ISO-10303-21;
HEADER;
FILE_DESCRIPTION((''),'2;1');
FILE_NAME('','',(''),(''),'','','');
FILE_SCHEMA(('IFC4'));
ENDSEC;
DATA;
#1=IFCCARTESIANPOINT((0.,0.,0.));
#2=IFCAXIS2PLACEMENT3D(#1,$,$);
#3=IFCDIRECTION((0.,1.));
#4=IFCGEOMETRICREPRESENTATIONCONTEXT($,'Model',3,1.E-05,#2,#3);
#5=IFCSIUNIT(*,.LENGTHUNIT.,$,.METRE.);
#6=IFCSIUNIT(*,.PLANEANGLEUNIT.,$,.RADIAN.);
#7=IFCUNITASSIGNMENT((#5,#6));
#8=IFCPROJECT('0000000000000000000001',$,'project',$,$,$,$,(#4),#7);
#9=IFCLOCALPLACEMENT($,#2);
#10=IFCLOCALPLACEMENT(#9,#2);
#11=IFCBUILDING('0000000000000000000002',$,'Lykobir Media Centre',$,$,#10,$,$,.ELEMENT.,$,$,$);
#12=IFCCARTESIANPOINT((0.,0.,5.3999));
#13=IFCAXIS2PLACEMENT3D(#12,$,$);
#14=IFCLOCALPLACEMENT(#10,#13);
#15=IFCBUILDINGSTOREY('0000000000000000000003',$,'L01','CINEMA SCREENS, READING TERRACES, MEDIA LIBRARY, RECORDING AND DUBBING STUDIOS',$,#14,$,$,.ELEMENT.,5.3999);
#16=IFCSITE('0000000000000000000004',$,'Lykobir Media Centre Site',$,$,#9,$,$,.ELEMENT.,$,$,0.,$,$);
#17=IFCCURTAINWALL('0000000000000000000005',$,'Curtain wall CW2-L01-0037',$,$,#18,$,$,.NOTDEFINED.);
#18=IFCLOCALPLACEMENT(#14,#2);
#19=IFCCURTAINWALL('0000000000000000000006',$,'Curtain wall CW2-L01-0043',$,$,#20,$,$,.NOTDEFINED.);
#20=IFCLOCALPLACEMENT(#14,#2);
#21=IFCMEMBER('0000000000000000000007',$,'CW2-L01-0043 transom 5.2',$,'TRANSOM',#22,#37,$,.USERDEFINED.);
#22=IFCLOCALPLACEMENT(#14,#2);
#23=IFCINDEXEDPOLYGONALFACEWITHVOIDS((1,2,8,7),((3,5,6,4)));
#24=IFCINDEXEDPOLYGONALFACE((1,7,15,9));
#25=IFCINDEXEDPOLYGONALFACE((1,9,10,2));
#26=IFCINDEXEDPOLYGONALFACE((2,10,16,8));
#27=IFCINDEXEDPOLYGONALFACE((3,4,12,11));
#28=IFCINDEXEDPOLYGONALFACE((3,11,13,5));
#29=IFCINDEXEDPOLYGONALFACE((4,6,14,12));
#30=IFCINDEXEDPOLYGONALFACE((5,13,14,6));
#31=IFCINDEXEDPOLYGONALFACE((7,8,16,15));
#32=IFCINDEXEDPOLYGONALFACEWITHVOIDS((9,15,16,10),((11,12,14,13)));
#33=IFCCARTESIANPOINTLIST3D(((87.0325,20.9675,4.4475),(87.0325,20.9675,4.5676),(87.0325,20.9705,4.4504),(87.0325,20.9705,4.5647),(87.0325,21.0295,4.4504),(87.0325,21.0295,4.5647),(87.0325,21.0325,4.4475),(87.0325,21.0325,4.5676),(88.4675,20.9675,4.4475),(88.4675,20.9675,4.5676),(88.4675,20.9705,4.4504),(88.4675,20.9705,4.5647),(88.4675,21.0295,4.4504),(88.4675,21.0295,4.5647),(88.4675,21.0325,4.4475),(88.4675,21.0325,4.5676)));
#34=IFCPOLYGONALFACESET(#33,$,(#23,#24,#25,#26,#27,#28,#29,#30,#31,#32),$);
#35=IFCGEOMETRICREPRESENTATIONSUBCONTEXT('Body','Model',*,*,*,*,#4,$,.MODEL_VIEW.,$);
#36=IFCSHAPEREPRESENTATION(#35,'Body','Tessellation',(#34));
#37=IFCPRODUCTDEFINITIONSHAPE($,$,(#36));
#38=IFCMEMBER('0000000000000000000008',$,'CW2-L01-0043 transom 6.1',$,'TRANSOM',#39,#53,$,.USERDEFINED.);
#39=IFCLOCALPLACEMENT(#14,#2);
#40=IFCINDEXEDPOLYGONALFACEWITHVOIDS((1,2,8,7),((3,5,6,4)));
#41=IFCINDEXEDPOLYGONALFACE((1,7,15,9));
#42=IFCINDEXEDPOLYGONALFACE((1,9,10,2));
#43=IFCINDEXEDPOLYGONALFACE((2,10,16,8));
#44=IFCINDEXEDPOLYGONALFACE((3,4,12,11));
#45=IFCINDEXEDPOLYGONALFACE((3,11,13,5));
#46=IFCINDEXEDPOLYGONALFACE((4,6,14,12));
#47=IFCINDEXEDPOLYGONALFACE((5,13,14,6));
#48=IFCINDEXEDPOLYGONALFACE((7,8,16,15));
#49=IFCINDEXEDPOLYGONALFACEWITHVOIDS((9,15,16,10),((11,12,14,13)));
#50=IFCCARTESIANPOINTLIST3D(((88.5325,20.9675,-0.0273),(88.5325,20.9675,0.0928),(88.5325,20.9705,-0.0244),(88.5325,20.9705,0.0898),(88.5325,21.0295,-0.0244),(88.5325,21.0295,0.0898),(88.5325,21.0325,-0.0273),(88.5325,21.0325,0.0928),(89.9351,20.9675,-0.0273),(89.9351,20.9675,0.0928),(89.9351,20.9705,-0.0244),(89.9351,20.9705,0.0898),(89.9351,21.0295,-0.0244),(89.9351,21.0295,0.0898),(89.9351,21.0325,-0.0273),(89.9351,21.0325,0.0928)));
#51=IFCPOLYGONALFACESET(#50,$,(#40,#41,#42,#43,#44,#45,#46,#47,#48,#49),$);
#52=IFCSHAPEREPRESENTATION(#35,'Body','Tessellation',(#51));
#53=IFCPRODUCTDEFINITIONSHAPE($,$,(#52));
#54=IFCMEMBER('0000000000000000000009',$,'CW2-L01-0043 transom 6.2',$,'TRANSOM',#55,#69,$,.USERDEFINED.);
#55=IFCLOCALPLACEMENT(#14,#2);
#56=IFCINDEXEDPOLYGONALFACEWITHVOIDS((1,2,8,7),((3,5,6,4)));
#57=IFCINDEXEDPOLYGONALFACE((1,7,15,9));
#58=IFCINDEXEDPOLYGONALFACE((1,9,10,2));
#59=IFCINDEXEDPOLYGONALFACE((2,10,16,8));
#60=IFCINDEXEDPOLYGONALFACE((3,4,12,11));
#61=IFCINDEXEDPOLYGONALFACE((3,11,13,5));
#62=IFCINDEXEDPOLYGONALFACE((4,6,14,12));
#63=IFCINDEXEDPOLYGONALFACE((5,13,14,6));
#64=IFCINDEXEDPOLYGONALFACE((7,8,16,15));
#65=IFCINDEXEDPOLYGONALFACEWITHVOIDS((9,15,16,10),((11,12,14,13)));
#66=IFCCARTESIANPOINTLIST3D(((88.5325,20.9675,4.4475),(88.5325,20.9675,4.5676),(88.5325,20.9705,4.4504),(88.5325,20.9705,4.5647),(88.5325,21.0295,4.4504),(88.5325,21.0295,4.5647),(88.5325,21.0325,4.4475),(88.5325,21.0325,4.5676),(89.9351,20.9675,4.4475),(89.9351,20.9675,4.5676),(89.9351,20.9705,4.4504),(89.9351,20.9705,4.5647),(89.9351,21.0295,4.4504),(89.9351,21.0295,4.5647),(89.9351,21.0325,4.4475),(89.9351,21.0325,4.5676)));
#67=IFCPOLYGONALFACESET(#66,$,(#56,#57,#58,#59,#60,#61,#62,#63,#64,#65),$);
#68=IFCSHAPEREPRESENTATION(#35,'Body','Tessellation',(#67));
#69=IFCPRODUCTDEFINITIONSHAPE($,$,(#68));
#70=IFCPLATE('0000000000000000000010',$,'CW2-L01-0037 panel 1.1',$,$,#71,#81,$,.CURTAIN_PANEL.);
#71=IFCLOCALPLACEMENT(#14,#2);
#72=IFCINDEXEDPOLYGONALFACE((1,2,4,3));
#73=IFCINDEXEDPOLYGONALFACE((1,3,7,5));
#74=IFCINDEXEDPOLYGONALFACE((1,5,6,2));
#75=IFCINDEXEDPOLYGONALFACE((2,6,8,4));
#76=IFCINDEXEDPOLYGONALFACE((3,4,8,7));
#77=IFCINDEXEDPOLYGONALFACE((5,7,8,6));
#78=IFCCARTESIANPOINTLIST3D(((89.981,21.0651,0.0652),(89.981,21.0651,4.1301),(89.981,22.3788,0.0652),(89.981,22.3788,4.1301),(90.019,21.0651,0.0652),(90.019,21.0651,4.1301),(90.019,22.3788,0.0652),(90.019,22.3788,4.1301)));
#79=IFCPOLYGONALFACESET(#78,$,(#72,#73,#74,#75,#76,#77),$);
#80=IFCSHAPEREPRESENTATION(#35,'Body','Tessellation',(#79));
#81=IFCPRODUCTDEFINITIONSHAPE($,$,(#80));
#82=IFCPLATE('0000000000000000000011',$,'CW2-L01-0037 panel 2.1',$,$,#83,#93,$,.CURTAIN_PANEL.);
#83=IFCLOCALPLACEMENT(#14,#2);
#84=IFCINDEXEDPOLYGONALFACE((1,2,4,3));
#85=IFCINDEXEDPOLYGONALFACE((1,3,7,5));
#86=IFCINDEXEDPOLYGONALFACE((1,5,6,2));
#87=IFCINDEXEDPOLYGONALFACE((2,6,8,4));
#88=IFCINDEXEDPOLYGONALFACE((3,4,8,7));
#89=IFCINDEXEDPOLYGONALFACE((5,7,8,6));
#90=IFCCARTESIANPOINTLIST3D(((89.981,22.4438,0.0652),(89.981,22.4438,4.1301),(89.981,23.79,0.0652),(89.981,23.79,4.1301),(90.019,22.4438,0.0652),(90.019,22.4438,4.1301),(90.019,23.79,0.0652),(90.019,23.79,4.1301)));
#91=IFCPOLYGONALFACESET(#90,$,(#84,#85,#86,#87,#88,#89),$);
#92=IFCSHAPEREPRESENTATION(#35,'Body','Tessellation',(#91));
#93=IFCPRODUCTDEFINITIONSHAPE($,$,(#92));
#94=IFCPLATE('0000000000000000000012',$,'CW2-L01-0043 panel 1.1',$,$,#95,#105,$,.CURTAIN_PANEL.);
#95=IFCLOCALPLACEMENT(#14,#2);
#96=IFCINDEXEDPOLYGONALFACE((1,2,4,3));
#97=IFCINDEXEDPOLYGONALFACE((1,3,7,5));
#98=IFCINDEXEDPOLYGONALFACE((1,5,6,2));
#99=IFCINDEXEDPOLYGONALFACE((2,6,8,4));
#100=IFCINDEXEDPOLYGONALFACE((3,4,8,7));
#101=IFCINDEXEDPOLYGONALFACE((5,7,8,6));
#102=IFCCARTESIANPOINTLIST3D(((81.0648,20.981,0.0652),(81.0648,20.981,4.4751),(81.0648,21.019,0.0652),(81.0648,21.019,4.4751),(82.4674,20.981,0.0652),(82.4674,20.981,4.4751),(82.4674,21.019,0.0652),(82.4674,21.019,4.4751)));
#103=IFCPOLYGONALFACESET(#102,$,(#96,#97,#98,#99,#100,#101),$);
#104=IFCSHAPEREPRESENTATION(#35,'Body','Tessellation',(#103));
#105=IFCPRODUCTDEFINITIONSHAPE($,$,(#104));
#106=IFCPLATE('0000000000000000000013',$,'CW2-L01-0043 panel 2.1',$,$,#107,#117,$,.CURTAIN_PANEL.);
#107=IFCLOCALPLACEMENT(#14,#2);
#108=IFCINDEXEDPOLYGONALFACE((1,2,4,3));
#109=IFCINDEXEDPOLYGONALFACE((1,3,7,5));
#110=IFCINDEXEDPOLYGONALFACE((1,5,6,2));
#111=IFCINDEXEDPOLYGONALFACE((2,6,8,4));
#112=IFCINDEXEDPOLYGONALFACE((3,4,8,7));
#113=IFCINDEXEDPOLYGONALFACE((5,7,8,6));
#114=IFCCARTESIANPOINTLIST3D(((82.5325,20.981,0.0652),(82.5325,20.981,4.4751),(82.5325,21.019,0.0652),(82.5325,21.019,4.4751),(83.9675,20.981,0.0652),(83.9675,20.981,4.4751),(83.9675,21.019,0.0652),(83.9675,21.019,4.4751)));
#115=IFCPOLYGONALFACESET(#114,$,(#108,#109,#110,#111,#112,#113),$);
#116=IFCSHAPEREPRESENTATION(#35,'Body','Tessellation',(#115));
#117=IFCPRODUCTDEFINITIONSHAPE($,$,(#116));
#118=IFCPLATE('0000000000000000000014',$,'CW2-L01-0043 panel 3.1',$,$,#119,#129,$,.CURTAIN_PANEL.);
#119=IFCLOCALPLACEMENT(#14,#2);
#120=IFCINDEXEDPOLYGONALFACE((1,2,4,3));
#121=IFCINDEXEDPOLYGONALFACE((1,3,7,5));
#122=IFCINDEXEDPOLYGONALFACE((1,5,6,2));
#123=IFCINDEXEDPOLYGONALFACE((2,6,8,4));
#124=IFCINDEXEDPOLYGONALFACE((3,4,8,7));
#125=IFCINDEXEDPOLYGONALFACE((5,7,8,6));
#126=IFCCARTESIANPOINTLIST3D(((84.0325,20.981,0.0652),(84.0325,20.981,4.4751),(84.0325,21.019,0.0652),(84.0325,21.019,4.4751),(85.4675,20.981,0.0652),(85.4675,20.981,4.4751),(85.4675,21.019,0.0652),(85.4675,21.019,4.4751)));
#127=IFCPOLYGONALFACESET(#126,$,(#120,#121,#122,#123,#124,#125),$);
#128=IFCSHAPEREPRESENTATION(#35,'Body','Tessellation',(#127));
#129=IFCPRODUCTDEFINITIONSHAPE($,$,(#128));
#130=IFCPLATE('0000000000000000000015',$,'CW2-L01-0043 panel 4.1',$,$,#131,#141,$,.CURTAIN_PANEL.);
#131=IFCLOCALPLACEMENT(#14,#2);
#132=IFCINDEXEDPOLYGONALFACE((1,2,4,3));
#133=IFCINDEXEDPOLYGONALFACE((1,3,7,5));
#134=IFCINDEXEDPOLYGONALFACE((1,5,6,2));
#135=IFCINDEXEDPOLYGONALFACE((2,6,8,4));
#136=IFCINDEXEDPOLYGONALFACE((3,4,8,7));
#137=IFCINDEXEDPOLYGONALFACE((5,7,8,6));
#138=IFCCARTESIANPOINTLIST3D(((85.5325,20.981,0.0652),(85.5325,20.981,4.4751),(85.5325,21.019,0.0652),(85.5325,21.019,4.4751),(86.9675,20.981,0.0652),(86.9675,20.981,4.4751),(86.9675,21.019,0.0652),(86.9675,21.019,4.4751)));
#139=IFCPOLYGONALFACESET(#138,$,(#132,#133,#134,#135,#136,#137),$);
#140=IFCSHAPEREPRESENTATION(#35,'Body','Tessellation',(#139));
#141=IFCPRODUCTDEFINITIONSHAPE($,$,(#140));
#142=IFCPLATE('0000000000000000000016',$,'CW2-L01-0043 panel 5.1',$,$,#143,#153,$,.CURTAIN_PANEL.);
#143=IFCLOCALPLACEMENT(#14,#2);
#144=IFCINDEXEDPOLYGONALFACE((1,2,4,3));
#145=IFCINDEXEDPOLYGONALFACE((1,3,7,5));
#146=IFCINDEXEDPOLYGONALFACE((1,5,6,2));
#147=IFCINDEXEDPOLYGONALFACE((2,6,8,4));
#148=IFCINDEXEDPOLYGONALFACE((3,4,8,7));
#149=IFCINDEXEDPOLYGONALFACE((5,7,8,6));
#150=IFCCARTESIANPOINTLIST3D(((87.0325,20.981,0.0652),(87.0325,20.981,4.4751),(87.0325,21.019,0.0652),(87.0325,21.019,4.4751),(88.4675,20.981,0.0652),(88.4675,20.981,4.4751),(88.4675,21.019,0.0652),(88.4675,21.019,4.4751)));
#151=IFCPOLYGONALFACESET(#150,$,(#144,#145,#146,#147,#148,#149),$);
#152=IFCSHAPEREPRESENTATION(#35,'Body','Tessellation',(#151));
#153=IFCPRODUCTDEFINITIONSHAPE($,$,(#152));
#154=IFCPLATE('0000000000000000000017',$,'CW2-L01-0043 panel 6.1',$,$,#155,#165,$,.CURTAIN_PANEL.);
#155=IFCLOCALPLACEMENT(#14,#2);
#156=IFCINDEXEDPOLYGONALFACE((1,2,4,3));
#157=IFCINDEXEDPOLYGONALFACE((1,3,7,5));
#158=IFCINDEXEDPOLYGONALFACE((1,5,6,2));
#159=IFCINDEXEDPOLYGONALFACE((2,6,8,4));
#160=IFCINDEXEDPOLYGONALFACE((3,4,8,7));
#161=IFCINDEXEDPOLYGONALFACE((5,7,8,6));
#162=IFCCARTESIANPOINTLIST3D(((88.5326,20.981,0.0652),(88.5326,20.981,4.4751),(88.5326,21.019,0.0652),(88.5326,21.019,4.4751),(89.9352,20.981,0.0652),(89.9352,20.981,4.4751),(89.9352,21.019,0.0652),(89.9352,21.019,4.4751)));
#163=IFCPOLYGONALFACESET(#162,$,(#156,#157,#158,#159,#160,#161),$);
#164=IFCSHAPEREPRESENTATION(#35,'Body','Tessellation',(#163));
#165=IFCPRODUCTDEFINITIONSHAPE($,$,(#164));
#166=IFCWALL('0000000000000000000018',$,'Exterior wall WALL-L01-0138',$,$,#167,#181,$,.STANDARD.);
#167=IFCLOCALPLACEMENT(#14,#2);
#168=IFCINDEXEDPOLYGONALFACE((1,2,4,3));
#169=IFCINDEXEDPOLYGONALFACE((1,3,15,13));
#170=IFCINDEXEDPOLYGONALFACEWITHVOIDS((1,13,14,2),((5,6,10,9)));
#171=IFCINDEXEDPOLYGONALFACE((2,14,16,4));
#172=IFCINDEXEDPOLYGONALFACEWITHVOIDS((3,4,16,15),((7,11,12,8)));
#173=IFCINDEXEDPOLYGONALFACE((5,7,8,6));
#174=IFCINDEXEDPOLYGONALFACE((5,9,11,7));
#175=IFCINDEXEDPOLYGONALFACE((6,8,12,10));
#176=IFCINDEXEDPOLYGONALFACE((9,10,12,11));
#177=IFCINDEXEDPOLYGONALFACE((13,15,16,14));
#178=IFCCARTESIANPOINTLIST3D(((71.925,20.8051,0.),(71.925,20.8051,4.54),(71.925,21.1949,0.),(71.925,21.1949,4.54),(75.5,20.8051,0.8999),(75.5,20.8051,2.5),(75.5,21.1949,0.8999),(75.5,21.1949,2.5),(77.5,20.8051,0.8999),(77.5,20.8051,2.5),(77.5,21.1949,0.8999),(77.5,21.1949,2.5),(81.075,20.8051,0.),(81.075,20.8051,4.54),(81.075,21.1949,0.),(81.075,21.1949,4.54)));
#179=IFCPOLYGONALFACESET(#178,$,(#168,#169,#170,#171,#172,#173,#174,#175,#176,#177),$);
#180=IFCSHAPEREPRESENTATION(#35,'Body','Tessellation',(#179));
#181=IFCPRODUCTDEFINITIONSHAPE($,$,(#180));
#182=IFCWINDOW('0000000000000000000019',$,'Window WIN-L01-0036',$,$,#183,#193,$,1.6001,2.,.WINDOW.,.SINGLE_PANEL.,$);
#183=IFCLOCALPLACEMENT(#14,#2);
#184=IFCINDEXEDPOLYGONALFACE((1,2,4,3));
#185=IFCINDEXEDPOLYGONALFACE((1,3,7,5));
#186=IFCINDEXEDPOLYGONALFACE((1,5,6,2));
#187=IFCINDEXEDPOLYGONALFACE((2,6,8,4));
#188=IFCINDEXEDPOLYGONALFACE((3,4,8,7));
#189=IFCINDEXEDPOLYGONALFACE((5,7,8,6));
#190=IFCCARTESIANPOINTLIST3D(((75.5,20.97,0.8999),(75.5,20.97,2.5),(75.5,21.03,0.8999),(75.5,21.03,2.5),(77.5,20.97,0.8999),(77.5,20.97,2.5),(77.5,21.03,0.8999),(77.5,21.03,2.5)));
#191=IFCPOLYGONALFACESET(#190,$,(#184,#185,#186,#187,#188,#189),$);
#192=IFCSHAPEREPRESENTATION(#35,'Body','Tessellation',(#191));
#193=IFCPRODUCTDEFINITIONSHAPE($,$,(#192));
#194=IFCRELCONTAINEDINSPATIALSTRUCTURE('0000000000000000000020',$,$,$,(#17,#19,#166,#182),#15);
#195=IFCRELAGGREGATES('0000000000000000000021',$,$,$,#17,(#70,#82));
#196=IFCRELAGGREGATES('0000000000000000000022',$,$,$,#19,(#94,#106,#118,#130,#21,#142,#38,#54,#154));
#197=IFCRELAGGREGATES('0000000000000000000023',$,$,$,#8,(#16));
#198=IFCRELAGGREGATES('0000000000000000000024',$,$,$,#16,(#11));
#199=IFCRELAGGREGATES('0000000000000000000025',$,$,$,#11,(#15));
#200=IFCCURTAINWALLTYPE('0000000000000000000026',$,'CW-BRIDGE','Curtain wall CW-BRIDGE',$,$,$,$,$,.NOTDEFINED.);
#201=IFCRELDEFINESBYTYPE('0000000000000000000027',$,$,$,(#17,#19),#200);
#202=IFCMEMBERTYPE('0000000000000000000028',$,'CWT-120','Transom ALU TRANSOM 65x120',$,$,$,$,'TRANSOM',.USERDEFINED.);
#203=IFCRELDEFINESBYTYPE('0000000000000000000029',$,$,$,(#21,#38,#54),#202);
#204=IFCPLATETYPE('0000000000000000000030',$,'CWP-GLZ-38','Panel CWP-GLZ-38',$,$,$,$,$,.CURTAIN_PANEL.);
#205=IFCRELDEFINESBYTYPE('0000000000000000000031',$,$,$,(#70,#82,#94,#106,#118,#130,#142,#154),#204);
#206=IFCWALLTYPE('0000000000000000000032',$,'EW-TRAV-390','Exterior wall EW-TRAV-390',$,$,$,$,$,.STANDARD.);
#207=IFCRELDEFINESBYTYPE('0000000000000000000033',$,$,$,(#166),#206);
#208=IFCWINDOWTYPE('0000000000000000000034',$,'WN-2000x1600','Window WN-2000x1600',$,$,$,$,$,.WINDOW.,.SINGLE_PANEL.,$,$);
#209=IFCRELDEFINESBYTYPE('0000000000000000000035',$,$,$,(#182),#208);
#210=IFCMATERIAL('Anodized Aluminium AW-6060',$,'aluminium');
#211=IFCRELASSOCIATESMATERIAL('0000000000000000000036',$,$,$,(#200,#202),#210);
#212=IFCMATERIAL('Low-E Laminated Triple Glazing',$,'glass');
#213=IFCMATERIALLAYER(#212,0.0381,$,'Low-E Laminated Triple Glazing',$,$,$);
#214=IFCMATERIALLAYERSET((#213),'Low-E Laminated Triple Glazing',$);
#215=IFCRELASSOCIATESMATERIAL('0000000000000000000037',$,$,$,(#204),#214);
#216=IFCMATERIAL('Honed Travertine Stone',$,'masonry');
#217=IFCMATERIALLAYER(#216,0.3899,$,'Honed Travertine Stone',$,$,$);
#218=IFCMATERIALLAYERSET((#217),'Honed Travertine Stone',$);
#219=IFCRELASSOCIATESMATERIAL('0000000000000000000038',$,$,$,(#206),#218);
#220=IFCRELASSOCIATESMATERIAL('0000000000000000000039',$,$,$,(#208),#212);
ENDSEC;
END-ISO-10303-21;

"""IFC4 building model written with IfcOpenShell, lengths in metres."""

from ifc_helpers import new_model, si_unit, direction, frame, frame_2d, origin, origin_2d, place, context, subcontext, project, spatial, rectangle, hollow_rectangle, extrude, material, layer, layer_set, material_profile, profile_set, type_object, element, fill, aggregate, save


model = new_model("IFC4")

# Units and contexts
model_context = context("Model", 3, precision=1e-05, world=origin(), true_north=direction((0.0, 1.0)))
body_context = subcontext(model_context, "Body", "Model", "MODEL_VIEW")
ifc_project = project(units=[si_unit("LENGTHUNIT", "METRE"), si_unit("PLANEANGLEUNIT", "RADIAN")], contexts=[model_context])

# Site, building, storey
site_placement = place(None, origin())
site = spatial("IfcSite", under=ifc_project, at=site_placement, Name="Lykobir Media Centre Site", CompositionType="ELEMENT", RefElevation=0.0)
building_placement = place(site_placement, origin())
building = spatial("IfcBuilding", under=site, at=building_placement, Name="Lykobir Media Centre", CompositionType="ELEMENT")
storey_placement = place(building_placement, frame((0.0, 0.0, 5.3999)))
storey = spatial("IfcBuildingStorey", under=building, at=storey_placement, Name="L01", Description="CINEMA SCREENS, READING TERRACES, MEDIA LIBRARY, RECORDING AND DUBBING STUDIOS", CompositionType="ELEMENT", Elevation=5.3999)

# Curtain walls
ifc_material_1 = material(Name="Anodized Aluminium AW-6060", Category="aluminium")
curtain_wall_type = type_object("IfcCurtainWallType", Name="CW-BRIDGE", Description="Curtain wall CW-BRIDGE", PredefinedType="NOTDEFINED", material=ifc_material_1)
curtain_wall_1_placement = place(storey_placement, origin())
curtain_wall_1 = element("IfcCurtainWall", 1, at=curtain_wall_1_placement, inside=storey, type_object=curtain_wall_type, Name="Curtain wall CW2-L01-0037", PredefinedType="NOTDEFINED")
curtain_wall_2_placement = place(storey_placement, origin())
curtain_wall_2 = element("IfcCurtainWall", 2, at=curtain_wall_2_placement, inside=storey, type_object=curtain_wall_type, Name="Curtain wall CW2-L01-0043", PredefinedType="NOTDEFINED")

# Members
ifc_material_profile_1 = material_profile(ifc_material_1, hollow_rectangle(XDim=0.0649, YDim=0.1201, WallThickness=0.0029, at=origin_2d()), Name="ALU TRANSOM 65x120")
ifc_profile_set_1 = profile_set([ifc_material_profile_1], Name="Anodized Aluminium AW-6060")
member_type_1 = type_object("IfcMemberType", Name="CWT-120", Description="Transom ALU TRANSOM 65x120", ElementType="TRANSOM", PredefinedType="USERDEFINED", material=ifc_profile_set_1)
member_1_placement = place(storey_placement, frame((87.0325, 21.0, 4.5076), z_axis=(1.0, 0.0, 0.0), x_axis=(0.0, 1.0, 0.0)))
member_1 = element("IfcMember", 3, at=member_1_placement, type_object=member_type_1, Name="CW2-L01-0043 transom 5.2", ObjectType="TRANSOM", PredefinedType="USERDEFINED", context=body_context, shape_type="SweptSolid", body=[
    extrude(hollow_rectangle(XDim=0.0649, YDim=0.1201, WallThickness=0.0029, at=origin_2d()), origin(), (0.0, 0.0, 1.0), 1.4351),
])
member_2_placement = place(storey_placement, frame((88.5325, 21.0, 0.0327), z_axis=(1.0, 0.0, 0.0), x_axis=(0.0, 1.0, 0.0)))
member_2 = element("IfcMember", 4, at=member_2_placement, type_object=member_type_1, Name="CW2-L01-0043 transom 6.1", ObjectType="TRANSOM", PredefinedType="USERDEFINED", context=body_context, shape_type="SweptSolid", body=[
    extrude(hollow_rectangle(XDim=0.0649, YDim=0.1201, WallThickness=0.0029, at=origin_2d()), origin(), (0.0, 0.0, 1.0), 1.4026),
])
member_3_placement = place(storey_placement, frame((88.5325, 21.0, 4.5076), z_axis=(1.0, 0.0, 0.0), x_axis=(0.0, 1.0, 0.0)))
member_3 = element("IfcMember", 5, at=member_3_placement, type_object=member_type_1, Name="CW2-L01-0043 transom 6.2", ObjectType="TRANSOM", PredefinedType="USERDEFINED", context=body_context, shape_type="SweptSolid", body=[
    extrude(hollow_rectangle(XDim=0.0649, YDim=0.1201, WallThickness=0.0029, at=origin_2d()), origin(), (0.0, 0.0, 1.0), 1.4026),
])

# Plates
ifc_material_2 = material(Name="Low-E Laminated Triple Glazing", Category="glass")
ifc_layer_1 = layer(ifc_material_2, 0.0381, Name="Low-E Laminated Triple Glazing")
ifc_layer_set_1 = layer_set([ifc_layer_1], Name="Low-E Laminated Triple Glazing")
plate_type = type_object("IfcPlateType", Name="CWP-GLZ-38", Description="Panel CWP-GLZ-38", PredefinedType="CURTAIN_PANEL", material=ifc_layer_set_1)
plate_1_placement = place(storey_placement, frame((90.0, 21.7219, 0.0652), z_axis=(0.0, 0.0, 1.0), x_axis=(0.0, 1.0, 0.0)))
plate_1 = element("IfcPlate", 6, at=plate_1_placement, type_object=plate_type, Name="CW2-L01-0037 panel 1.1", PredefinedType="CURTAIN_PANEL", context=body_context, shape_type="SweptSolid", body=[
    extrude(rectangle(XDim=1.3137, YDim=0.0381, at=origin_2d()), origin(), (0.0, 0.0, 1.0), 4.0649),
])
plate_2_placement = place(storey_placement, frame((90.0, 23.1169, 0.0652), z_axis=(0.0, 0.0, 1.0), x_axis=(0.0, 1.0, 0.0)))
plate_2 = element("IfcPlate", 7, at=plate_2_placement, type_object=plate_type, Name="CW2-L01-0037 panel 2.1", PredefinedType="CURTAIN_PANEL", context=body_context, shape_type="SweptSolid", body=[
    extrude(rectangle(XDim=1.3462, YDim=0.0381, at=origin_2d()), origin(), (0.0, 0.0, 1.0), 4.0649),
])
aggregate(curtain_wall_1, [plate_1, plate_2])
plate_3_placement = place(storey_placement, frame((81.7661, 21.0, 0.0652), z_axis=(0.0, 0.0, 1.0), x_axis=(1.0, 0.0, 0.0)))
plate_3 = element("IfcPlate", 8, at=plate_3_placement, type_object=plate_type, Name="CW2-L01-0043 panel 1.1", PredefinedType="CURTAIN_PANEL", context=body_context, shape_type="SweptSolid", body=[
    extrude(rectangle(XDim=1.4026, YDim=0.0381, at=origin_2d()), origin(), (0.0, 0.0, 1.0), 4.4099),
])
plate_4_placement = place(storey_placement, frame((83.25, 21.0, 0.0652), z_axis=(0.0, 0.0, 1.0), x_axis=(1.0, 0.0, 0.0)))
plate_4 = element("IfcPlate", 9, at=plate_4_placement, type_object=plate_type, Name="CW2-L01-0043 panel 2.1", PredefinedType="CURTAIN_PANEL", context=body_context, shape_type="SweptSolid", body=[
    extrude(rectangle(XDim=1.4351, YDim=0.0381, at=origin_2d()), origin(), (0.0, 0.0, 1.0), 4.4099),
])
plate_5_placement = place(storey_placement, frame((84.75, 21.0, 0.0652), z_axis=(0.0, 0.0, 1.0), x_axis=(1.0, 0.0, 0.0)))
plate_5 = element("IfcPlate", 10, at=plate_5_placement, type_object=plate_type, Name="CW2-L01-0043 panel 3.1", PredefinedType="CURTAIN_PANEL", context=body_context, shape_type="SweptSolid", body=[
    extrude(rectangle(XDim=1.4351, YDim=0.0381, at=origin_2d()), origin(), (0.0, 0.0, 1.0), 4.4099),
])
plate_6_placement = place(storey_placement, frame((86.25, 21.0, 0.0652), z_axis=(0.0, 0.0, 1.0), x_axis=(1.0, 0.0, 0.0)))
plate_6 = element("IfcPlate", 11, at=plate_6_placement, type_object=plate_type, Name="CW2-L01-0043 panel 4.1", PredefinedType="CURTAIN_PANEL", context=body_context, shape_type="SweptSolid", body=[
    extrude(rectangle(XDim=1.4351, YDim=0.0381, at=origin_2d()), origin(), (0.0, 0.0, 1.0), 4.4099),
])
plate_7_placement = place(storey_placement, frame((87.75, 21.0, 0.0652), z_axis=(0.0, 0.0, 1.0), x_axis=(1.0, 0.0, 0.0)))
plate_7 = element("IfcPlate", 12, at=plate_7_placement, type_object=plate_type, Name="CW2-L01-0043 panel 5.1", PredefinedType="CURTAIN_PANEL", context=body_context, shape_type="SweptSolid", body=[
    extrude(rectangle(XDim=1.4351, YDim=0.0381, at=origin_2d()), origin(), (0.0, 0.0, 1.0), 4.4099),
])
plate_8_placement = place(storey_placement, frame((89.2339, 21.0, 0.0652), z_axis=(0.0, 0.0, 1.0), x_axis=(1.0, 0.0, 0.0)))
plate_8 = element("IfcPlate", 13, at=plate_8_placement, type_object=plate_type, Name="CW2-L01-0043 panel 6.1", PredefinedType="CURTAIN_PANEL", context=body_context, shape_type="SweptSolid", body=[
    extrude(rectangle(XDim=1.4026, YDim=0.0381, at=origin_2d()), origin(), (0.0, 0.0, 1.0), 4.4099),
])
aggregate(curtain_wall_2, [plate_3, plate_4, plate_5, plate_6, member_1, plate_7, member_2, member_3, plate_8])

# Wall, opening, window
ifc_material_3 = material(Name="Honed Travertine Stone", Category="masonry")
ifc_layer_2 = layer(ifc_material_3, 0.3899, Name="Honed Travertine Stone")
ifc_layer_set_2 = layer_set([ifc_layer_2], Name="Honed Travertine Stone")
wall_type = type_object("IfcWallType", Name="EW-TRAV-390", Description="Exterior wall EW-TRAV-390", PredefinedType="STANDARD", material=ifc_layer_set_2)
wall_placement = place(storey_placement, frame((81.075, 21.0, 0.0), z_axis=(0.0, 0.0, 1.0), x_axis=(-1.0, 0.0, 0.0)))
wall = element("IfcWall", 14, at=wall_placement, inside=storey, type_object=wall_type, Name="Exterior wall WALL-L01-0138", PredefinedType="STANDARD", context=body_context, shape_type="SweptSolid", body=[
    extrude(rectangle(XDim=9.1499, YDim=0.3899, at=frame_2d((4.575, 0.0))), origin(), (0.0, 0.0, 1.0), 4.54),
])
opening_placement = place(wall_placement, frame((3.575, 0.0, 0.8999)))
opening = element("IfcOpeningElement", 15, at=opening_placement, cuts=wall, PredefinedType="OPENING", context=body_context, shape_type="SweptSolid", body=[
    extrude(rectangle(XDim=2.0, YDim=1.6001, at=frame_2d((1.0, 0.8))), frame((0.0, 0.2048, 0.0), z_axis=(0.0, -1.0, 0.0), x_axis=(1.0, 0.0, 0.0)), (0.0, 0.0, 1.0), 0.4099),
])
window_type = type_object("IfcWindowType", Name="WN-2000x1600", Description="Window WN-2000x1600", PartitioningType="SINGLE_PANEL", PredefinedType="WINDOW", material=ifc_material_2)
window_placement = place(opening_placement, origin())
window = element("IfcWindow", 16, at=window_placement, inside=storey, type_object=window_type, Name="Window WIN-L01-0036", OverallHeight=1.6001, OverallWidth=2.0, PartitioningType="SINGLE_PANEL", PredefinedType="WINDOW", context=body_context, shape_type="SweptSolid", body=[
    extrude(rectangle(XDim=2.0, YDim=1.6001, at=frame_2d((1.0, 0.8))), frame((0.0, 0.03, 0.0), z_axis=(0.0, -1.0, 0.0), x_axis=(1.0, 0.0, 0.0)), (0.0, 0.0, 1.0), 0.0601),
])
fill(opening, window)

save(model, "model.ifc")
